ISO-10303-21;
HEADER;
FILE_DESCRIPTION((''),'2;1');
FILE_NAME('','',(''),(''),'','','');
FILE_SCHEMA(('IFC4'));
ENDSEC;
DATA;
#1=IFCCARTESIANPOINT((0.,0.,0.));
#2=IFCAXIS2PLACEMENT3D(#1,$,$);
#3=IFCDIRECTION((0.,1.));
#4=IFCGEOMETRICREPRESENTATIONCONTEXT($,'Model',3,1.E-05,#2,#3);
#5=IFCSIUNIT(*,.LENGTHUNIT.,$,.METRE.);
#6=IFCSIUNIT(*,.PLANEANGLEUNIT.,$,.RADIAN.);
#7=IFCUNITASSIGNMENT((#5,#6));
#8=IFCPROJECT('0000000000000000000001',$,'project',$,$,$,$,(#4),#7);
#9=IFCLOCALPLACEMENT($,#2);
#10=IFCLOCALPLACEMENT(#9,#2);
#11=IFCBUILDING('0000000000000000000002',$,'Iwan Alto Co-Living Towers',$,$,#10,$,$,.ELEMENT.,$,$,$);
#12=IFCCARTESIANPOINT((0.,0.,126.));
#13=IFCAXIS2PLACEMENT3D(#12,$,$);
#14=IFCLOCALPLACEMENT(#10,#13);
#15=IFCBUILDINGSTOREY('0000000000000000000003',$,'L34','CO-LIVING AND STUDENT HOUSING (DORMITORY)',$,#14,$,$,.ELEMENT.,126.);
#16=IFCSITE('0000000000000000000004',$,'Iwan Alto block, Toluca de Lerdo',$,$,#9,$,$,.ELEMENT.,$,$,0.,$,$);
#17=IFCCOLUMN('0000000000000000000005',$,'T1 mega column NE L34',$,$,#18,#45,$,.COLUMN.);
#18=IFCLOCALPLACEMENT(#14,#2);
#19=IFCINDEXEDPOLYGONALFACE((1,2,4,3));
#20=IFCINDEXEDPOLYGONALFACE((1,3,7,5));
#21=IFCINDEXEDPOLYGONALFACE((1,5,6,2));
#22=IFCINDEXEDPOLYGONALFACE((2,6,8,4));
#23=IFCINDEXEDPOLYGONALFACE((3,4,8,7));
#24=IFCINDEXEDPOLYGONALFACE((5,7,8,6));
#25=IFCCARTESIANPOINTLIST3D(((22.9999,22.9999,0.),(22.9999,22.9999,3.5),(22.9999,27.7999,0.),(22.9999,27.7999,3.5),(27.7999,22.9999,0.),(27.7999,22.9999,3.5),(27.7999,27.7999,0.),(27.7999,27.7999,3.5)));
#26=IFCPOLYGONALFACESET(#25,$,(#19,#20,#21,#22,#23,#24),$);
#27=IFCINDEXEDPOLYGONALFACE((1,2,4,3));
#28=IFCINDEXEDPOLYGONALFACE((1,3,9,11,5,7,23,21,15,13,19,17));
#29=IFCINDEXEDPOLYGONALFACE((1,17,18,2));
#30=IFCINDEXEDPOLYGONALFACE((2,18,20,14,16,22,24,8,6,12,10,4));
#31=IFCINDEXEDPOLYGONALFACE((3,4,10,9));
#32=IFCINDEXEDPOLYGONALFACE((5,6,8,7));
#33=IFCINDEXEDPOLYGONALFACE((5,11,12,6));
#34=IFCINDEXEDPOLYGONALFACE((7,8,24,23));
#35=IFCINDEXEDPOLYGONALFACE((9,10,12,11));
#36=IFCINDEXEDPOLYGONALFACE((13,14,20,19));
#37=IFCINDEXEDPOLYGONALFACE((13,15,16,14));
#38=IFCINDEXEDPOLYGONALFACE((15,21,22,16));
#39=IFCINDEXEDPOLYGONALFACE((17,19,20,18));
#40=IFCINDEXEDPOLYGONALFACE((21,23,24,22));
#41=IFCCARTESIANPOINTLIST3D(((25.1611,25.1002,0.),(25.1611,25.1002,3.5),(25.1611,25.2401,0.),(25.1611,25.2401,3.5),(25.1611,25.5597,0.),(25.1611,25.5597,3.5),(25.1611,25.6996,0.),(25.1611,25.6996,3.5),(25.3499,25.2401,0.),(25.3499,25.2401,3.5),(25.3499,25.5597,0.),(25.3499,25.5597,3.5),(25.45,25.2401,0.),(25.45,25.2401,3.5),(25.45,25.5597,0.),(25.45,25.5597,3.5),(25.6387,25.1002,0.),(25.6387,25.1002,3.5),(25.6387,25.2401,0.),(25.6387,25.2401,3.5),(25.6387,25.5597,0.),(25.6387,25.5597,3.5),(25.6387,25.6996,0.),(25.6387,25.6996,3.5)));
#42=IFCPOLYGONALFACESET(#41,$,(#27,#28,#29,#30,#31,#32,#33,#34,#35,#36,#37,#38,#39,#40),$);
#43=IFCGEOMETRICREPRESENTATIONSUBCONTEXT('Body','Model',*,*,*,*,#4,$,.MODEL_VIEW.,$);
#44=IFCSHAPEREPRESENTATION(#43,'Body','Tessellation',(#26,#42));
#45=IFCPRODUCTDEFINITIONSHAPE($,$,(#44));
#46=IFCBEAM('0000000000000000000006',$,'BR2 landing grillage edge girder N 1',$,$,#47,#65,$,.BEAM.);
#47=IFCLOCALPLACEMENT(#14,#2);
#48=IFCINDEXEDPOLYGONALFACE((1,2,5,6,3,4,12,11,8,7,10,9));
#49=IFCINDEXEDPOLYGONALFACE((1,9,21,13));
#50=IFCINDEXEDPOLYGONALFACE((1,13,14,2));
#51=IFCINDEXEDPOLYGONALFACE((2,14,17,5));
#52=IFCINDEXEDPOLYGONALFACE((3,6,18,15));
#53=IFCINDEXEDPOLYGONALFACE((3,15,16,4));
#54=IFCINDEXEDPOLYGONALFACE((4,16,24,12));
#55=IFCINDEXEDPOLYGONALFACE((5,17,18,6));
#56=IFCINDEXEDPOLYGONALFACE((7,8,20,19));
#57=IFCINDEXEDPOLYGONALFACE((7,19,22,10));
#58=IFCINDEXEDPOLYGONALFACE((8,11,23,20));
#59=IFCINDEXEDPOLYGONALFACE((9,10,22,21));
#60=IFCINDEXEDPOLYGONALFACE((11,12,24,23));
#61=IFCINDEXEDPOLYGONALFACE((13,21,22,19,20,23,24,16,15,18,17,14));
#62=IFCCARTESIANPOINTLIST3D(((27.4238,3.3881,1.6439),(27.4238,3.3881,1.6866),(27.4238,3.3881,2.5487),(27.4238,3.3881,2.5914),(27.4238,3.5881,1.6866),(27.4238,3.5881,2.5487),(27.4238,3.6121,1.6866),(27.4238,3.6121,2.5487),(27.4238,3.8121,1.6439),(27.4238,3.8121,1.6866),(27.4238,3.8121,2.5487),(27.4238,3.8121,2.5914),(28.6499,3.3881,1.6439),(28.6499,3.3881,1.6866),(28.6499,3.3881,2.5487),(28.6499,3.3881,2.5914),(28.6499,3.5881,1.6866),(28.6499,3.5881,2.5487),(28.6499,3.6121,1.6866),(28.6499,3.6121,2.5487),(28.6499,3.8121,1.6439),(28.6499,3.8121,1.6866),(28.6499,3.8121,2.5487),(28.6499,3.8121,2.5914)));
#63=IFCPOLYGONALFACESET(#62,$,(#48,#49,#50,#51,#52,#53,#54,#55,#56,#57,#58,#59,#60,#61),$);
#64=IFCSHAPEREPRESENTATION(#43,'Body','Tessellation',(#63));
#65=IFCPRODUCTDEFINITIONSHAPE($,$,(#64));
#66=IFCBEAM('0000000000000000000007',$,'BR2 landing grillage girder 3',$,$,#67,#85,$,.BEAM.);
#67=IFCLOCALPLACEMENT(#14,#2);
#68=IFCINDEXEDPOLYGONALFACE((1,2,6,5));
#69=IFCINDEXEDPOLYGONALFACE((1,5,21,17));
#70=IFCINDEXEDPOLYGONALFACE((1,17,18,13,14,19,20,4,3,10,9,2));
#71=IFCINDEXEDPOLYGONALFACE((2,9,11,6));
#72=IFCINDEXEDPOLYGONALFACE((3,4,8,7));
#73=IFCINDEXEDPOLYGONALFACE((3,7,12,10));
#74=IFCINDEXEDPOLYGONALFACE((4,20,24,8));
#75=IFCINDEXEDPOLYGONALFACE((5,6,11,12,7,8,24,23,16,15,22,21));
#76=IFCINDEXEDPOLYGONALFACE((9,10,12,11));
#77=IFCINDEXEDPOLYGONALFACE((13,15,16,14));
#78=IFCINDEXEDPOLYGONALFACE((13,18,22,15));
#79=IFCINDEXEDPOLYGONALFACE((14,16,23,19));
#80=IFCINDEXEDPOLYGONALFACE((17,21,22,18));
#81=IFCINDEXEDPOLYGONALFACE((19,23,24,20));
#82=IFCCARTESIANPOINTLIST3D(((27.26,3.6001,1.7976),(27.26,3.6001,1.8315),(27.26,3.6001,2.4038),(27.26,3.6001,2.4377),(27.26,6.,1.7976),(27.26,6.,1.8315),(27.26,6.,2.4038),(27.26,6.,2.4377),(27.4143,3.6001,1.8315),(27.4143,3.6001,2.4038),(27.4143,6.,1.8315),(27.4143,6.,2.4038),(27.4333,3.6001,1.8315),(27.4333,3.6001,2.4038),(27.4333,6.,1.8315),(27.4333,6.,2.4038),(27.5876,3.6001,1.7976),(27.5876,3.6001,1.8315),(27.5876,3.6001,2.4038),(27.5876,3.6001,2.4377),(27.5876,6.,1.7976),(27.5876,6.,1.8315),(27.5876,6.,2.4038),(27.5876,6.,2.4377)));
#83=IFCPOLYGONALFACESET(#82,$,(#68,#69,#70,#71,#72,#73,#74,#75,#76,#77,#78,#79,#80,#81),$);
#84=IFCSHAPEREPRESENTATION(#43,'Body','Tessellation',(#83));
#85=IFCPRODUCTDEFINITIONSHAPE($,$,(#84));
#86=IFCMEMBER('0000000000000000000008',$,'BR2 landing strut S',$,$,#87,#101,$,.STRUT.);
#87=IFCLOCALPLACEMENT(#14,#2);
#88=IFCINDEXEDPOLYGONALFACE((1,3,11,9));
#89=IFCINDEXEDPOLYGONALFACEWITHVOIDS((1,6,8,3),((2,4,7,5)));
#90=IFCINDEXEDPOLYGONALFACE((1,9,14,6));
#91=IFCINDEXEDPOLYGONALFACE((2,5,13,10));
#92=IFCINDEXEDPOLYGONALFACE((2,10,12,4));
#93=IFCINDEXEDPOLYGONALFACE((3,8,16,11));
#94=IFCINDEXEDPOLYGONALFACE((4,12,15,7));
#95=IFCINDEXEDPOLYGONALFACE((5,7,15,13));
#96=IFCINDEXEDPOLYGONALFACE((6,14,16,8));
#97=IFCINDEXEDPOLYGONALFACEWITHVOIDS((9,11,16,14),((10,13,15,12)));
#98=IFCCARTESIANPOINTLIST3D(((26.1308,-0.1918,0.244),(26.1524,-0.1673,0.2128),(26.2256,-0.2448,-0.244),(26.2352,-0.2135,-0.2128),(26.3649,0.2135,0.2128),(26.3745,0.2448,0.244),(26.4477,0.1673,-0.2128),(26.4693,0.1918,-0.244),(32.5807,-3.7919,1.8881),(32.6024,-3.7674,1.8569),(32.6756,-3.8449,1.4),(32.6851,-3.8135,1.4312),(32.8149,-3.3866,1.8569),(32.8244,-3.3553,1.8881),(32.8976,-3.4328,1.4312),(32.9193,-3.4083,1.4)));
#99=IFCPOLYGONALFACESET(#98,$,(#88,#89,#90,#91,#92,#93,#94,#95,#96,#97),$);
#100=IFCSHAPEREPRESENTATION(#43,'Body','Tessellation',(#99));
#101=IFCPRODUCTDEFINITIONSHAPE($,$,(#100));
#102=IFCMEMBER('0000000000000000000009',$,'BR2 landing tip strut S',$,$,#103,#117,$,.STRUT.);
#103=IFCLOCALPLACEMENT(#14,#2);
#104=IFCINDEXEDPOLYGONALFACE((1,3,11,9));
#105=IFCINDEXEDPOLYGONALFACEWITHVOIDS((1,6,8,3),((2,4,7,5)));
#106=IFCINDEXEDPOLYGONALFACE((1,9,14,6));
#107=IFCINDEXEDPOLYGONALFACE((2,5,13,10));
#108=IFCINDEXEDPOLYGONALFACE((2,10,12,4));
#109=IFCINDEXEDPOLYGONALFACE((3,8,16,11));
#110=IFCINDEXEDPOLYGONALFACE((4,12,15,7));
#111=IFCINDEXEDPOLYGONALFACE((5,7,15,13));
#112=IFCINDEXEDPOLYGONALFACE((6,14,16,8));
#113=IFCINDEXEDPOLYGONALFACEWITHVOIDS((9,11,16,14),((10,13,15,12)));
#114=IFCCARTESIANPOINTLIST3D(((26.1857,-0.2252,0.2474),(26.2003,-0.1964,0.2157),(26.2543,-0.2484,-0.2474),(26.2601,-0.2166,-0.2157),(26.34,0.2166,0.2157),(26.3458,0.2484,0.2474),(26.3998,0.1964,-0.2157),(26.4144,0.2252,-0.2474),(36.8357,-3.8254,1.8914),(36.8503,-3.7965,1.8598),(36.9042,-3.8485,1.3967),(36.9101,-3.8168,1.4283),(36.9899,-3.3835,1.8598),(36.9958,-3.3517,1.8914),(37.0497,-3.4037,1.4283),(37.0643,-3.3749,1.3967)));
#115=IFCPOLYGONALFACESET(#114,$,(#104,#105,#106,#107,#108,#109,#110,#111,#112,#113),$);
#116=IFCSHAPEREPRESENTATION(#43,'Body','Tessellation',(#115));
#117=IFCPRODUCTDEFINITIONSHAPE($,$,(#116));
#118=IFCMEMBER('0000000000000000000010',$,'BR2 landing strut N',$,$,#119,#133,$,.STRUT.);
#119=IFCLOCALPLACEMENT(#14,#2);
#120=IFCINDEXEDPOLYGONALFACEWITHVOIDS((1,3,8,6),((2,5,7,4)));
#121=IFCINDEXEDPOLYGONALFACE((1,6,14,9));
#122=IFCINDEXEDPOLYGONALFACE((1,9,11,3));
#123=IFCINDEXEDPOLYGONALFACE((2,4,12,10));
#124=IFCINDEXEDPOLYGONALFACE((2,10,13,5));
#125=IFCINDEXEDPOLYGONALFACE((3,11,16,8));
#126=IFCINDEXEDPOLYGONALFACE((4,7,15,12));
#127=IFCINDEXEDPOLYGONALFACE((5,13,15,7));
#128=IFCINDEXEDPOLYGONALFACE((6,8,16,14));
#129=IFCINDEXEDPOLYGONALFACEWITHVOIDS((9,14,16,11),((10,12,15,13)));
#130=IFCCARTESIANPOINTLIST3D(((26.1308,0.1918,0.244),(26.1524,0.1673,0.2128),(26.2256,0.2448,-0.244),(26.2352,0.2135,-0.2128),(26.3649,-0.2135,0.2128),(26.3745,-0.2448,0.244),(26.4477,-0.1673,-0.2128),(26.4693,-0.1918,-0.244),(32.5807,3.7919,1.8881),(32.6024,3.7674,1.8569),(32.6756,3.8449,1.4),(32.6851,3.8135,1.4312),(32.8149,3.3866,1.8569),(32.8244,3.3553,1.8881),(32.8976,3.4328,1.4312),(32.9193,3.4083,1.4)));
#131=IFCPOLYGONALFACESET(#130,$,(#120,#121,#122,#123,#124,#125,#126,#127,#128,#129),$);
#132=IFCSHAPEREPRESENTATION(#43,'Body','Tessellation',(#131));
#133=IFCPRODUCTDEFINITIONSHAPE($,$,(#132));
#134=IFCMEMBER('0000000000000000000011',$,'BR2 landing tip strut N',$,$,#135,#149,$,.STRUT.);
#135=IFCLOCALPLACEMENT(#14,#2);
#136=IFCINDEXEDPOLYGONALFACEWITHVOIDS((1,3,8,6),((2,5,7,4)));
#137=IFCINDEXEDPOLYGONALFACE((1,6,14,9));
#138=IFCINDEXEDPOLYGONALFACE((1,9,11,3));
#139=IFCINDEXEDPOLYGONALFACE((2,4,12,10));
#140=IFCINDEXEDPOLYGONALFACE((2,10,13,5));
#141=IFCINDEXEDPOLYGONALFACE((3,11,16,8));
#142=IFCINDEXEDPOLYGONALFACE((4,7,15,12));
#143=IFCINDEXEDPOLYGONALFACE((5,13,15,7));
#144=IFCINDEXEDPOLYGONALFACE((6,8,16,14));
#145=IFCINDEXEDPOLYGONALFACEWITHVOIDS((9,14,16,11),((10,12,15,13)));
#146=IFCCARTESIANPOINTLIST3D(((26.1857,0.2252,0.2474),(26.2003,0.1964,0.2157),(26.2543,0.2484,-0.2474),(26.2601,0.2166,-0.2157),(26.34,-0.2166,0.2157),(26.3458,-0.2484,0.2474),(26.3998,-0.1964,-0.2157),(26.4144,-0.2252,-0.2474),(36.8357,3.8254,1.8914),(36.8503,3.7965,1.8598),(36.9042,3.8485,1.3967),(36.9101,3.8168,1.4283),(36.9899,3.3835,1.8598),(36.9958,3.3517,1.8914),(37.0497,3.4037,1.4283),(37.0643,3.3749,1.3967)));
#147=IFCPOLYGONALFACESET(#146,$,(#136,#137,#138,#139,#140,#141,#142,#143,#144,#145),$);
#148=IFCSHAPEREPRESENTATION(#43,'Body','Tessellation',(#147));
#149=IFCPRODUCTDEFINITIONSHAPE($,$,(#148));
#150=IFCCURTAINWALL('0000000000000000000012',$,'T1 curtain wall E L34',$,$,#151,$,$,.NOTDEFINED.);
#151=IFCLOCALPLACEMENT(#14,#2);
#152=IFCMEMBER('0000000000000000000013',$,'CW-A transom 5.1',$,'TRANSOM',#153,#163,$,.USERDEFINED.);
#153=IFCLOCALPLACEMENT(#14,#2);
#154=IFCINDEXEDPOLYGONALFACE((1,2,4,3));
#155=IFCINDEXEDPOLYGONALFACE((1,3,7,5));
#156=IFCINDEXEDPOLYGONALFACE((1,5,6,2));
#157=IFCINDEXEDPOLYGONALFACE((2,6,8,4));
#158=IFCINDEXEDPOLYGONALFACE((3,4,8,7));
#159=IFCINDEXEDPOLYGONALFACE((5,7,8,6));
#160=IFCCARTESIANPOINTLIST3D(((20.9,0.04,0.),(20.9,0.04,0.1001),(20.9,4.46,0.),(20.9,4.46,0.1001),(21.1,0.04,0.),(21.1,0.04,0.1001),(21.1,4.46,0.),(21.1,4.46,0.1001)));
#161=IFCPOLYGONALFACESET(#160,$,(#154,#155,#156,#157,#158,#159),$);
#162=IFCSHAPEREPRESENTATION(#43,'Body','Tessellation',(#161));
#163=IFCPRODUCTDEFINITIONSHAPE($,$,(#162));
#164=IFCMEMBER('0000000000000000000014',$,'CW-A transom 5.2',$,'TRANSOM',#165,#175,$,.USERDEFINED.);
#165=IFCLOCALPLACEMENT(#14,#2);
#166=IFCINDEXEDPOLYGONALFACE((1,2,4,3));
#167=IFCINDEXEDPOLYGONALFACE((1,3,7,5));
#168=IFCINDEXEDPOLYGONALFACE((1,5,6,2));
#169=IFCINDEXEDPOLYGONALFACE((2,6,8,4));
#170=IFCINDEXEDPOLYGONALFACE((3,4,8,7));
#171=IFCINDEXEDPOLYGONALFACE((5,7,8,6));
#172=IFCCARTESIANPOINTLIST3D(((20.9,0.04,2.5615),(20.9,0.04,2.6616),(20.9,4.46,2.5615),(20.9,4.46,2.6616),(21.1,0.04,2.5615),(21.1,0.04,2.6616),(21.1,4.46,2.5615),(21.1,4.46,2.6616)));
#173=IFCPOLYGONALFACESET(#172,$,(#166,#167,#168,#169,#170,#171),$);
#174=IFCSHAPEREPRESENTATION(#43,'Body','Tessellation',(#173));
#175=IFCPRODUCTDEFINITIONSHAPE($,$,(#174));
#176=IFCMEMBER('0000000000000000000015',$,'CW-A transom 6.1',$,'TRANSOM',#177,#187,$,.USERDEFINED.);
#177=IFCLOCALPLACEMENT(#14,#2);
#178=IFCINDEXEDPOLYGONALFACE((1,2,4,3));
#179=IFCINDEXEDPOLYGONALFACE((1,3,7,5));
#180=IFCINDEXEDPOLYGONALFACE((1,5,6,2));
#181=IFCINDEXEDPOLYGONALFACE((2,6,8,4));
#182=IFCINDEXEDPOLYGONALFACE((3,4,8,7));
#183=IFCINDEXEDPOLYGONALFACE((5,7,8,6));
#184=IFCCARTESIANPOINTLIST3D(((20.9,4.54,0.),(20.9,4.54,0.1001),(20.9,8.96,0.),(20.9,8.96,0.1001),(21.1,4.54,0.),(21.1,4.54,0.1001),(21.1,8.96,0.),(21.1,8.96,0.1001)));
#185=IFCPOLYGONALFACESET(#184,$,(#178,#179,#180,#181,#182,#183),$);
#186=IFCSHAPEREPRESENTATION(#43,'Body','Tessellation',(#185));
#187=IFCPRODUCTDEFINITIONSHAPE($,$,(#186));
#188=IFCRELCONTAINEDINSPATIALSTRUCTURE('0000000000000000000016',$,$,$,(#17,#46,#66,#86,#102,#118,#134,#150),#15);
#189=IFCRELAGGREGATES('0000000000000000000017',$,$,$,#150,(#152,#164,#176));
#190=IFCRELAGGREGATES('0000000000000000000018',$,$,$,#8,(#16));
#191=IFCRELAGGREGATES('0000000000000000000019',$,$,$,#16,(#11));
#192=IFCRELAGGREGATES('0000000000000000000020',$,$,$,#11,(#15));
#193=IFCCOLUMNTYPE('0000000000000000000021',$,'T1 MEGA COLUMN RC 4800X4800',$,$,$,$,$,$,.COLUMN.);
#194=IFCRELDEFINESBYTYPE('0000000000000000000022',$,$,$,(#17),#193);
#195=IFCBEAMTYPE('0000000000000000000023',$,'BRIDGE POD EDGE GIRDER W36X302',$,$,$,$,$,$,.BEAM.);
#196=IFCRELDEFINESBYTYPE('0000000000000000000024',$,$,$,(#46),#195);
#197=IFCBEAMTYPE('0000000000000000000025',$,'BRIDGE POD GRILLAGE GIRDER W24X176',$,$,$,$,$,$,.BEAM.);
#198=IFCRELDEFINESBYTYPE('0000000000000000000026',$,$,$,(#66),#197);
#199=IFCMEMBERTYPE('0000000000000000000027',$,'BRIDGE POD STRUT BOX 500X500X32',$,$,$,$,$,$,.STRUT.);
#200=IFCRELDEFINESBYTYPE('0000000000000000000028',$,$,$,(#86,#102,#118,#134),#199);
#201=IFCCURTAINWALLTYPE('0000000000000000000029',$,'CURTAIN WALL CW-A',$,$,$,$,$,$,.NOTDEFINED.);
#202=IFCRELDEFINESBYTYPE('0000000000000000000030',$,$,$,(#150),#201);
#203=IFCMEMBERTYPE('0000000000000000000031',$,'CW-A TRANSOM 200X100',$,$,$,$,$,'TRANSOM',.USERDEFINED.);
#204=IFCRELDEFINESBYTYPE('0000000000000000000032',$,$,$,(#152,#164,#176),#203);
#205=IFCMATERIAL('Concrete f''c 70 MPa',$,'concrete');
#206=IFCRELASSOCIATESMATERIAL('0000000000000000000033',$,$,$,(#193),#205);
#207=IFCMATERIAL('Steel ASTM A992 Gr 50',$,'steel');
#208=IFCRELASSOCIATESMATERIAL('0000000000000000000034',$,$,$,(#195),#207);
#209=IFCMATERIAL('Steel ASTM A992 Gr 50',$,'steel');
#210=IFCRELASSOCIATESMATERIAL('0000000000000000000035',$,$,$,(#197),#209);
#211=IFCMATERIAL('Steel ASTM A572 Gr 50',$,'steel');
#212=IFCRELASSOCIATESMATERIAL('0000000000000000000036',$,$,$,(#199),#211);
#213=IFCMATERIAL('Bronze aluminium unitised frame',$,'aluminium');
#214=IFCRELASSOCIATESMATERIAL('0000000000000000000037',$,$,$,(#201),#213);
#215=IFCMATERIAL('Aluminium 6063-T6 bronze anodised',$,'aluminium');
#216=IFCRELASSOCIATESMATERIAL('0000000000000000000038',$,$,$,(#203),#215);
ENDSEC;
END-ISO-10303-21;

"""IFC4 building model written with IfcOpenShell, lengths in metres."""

from ifc_helpers import new_model, si_unit, direction, frame, origin, origin_2d, place, context, subcontext, project, spatial, rectangle, hollow_rectangle, i_section, extrude, material, material_profile, profile_set, type_object, element, aggregate, save


model = new_model("IFC4")

# Units and contexts
model_context = context("Model", 3, precision=1e-05, world=origin(), true_north=direction((0.0, 1.0)))
body_context = subcontext(model_context, "Body", "Model", "MODEL_VIEW")
ifc_project = project(units=[si_unit("LENGTHUNIT", "METRE"), si_unit("PLANEANGLEUNIT", "RADIAN")], contexts=[model_context])

# Site, building, storey
site_placement = place(None, origin())
site = spatial("IfcSite", under=ifc_project, at=site_placement, Name="Iwan Alto block, Toluca de Lerdo", CompositionType="ELEMENT", RefElevation=0.0)
building_placement = place(site_placement, origin())
building = spatial("IfcBuilding", under=site, at=building_placement, Name="Iwan Alto Co-Living Towers", CompositionType="ELEMENT")
storey_placement = place(building_placement, frame((0.0, 0.0, 126.0)))
storey = spatial("IfcBuildingStorey", under=building, at=storey_placement, Name="L34", Description="CO-LIVING AND STUDENT HOUSING (DORMITORY)", CompositionType="ELEMENT", Elevation=126.0)

# Column
ifc_material_1 = material(Name="Concrete f'c 70 MPa", Category="concrete")
ifc_material_profile_1 = material_profile(ifc_material_1, rectangle(XDim=4.8, YDim=4.8, at=origin_2d()), Name="RC 4800X4800")
ifc_profile_set_1 = profile_set([ifc_material_profile_1], Name="Concrete f'c 70 MPa")
column_type = type_object("IfcColumnType", Name="T1 MEGA COLUMN RC 4800X4800", PredefinedType="COLUMN", material=ifc_profile_set_1)
column_placement = place(storey_placement, frame((25.3999, 25.3999, 0.0), z_axis=(0.0, 0.0, 1.0), x_axis=(1.0, 0.0, 0.0)))
element("IfcColumn", 1, at=column_placement, inside=storey, type_object=column_type, Name="T1 mega column NE L34", PredefinedType="COLUMN", context=body_context, shape_type="SweptSolid", body=[
    extrude(rectangle(XDim=4.8, YDim=4.8, at=origin_2d()), origin(), (0.0, 0.0, 1.0), 3.5),
    extrude(i_section(OverallWidth=0.4775, OverallDepth=0.5994, WebThickness=0.1001, FlangeThickness=0.1399, at=origin_2d()), origin(), (0.0, 0.0, 1.0), 3.5),
])

# Beams
ifc_material_2 = material(Name="Steel ASTM A992 Gr 50", Category="steel")
ifc_material_profile_2 = material_profile(ifc_material_2, i_section(OverallWidth=0.4241, OverallDepth=0.9475, WebThickness=0.0239, FlangeThickness=0.0427, at=origin_2d()), Name="W36X302")
ifc_profile_set_2 = profile_set([ifc_material_profile_2], Name="Steel ASTM A992 Gr 50")
beam_type_1 = type_object("IfcBeamType", Name="BRIDGE POD EDGE GIRDER W36X302", PredefinedType="BEAM", material=ifc_profile_set_2)
beam_1_placement = place(storey_placement, frame((27.4238, 3.6001, 2.1177), z_axis=(1.0, 0.0, 0.0), x_axis=(0.0, 1.0, 0.0)))
element("IfcBeam", 2, at=beam_1_placement, inside=storey, type_object=beam_type_1, Name="BR2 landing grillage edge girder N 1", PredefinedType="BEAM", context=body_context, shape_type="SweptSolid", body=[
    extrude(i_section(OverallWidth=0.4241, OverallDepth=0.9475, WebThickness=0.0239, FlangeThickness=0.0427, at=origin_2d()), origin(), (0.0, 0.0, 1.0), 1.2261),
])
ifc_material_3 = material(Name="Steel ASTM A992 Gr 50", Category="steel")
ifc_material_profile_3 = material_profile(ifc_material_3, i_section(OverallWidth=0.3276, OverallDepth=0.6401, WebThickness=0.019, FlangeThickness=0.0339, at=origin_2d()), Name="W24X176")
ifc_profile_set_3 = profile_set([ifc_material_profile_3], Name="Steel ASTM A992 Gr 50")
beam_type_2 = type_object("IfcBeamType", Name="BRIDGE POD GRILLAGE GIRDER W24X176", PredefinedType="BEAM", material=ifc_profile_set_3)
beam_2_placement = place(storey_placement, frame((27.4238, 3.6001, 2.1177), z_axis=(0.0, 1.0, 0.0), x_axis=(-1.0, 0.0, 0.0)))
element("IfcBeam", 3, at=beam_2_placement, inside=storey, type_object=beam_type_2, Name="BR2 landing grillage girder 3", PredefinedType="BEAM", context=body_context, shape_type="SweptSolid", body=[
    extrude(i_section(OverallWidth=0.3276, OverallDepth=0.6401, WebThickness=0.019, FlangeThickness=0.0339, at=origin_2d()), origin(), (0.0, 0.0, 1.0), 2.3999),
])

# Members
ifc_material_4 = material(Name="Steel ASTM A572 Gr 50", Category="steel")
ifc_material_profile_4 = material_profile(ifc_material_4, hollow_rectangle(XDim=0.5, YDim=0.5, WallThickness=0.032, at=origin_2d()), Name="BOX 500X500X32")
ifc_profile_set_4 = profile_set([ifc_material_profile_4], Name="Steel ASTM A572 Gr 50")
member_type_1 = type_object("IfcMemberType", Name="BRIDGE POD STRUT BOX 500X500X32", PredefinedType="STRUT", material=ifc_profile_set_4)
member_1_placement = place(storey_placement, frame((26.3, 0.0, 0.0), z_axis=(0.852335, -0.475738, 0.217254), x_axis=(0.487379, 0.873191, 0.0)))
element("IfcMember", 4, at=member_1_placement, inside=storey, type_object=member_type_1, Name="BR2 landing strut S", PredefinedType="STRUT", context=body_context, shape_type="SweptSolid", body=[
    extrude(hollow_rectangle(XDim=0.5, YDim=0.5, WallThickness=0.032, at=origin_2d()), origin(), (0.0, 0.0, 1.0), 7.5674),
])
member_2_placement = place(storey_placement, frame((26.3, 0.0, 0.0), z_axis=(0.937366, -0.316868, 0.144703), x_axis=(0.320238, 0.947337, 0.0)))
element("IfcMember", 5, at=member_2_placement, inside=storey, type_object=member_type_1, Name="BR2 landing tip strut S", PredefinedType="STRUT", context=body_context, shape_type="SweptSolid", body=[
    extrude(hollow_rectangle(XDim=0.5, YDim=0.5, WallThickness=0.032, at=origin_2d()), origin(), (0.0, 0.0, 1.0), 11.3616),
])
member_3_placement = place(storey_placement, frame((26.3, 0.0, 0.0), z_axis=(0.852335, 0.475738, 0.217254), x_axis=(-0.487379, 0.873191, 0.0)))
element("IfcMember", 6, at=member_3_placement, inside=storey, type_object=member_type_1, Name="BR2 landing strut N", PredefinedType="STRUT", context=body_context, shape_type="SweptSolid", body=[
    extrude(hollow_rectangle(XDim=0.5, YDim=0.5, WallThickness=0.032, at=origin_2d()), origin(), (0.0, 0.0, 1.0), 7.5674),
])
member_4_placement = place(storey_placement, frame((26.3, 0.0, 0.0), z_axis=(0.937366, 0.316868, 0.144703), x_axis=(-0.320238, 0.947337, 0.0)))
element("IfcMember", 7, at=member_4_placement, inside=storey, type_object=member_type_1, Name="BR2 landing tip strut N", PredefinedType="STRUT", context=body_context, shape_type="SweptSolid", body=[
    extrude(hollow_rectangle(XDim=0.5, YDim=0.5, WallThickness=0.032, at=origin_2d()), origin(), (0.0, 0.0, 1.0), 11.3616),
])

# Curtain wall, members
ifc_material_5 = material(Name="Bronze aluminium unitised frame", Category="aluminium")
curtain_wall_type = type_object("IfcCurtainWallType", Name="CURTAIN WALL CW-A", PredefinedType="NOTDEFINED", material=ifc_material_5)
curtain_wall_placement = place(storey_placement, origin())
curtain_wall = element("IfcCurtainWall", 8, at=curtain_wall_placement, inside=storey, type_object=curtain_wall_type, Name="T1 curtain wall E L34", PredefinedType="NOTDEFINED")
ifc_material_6 = material(Name="Aluminium 6063-T6 bronze anodised", Category="aluminium")
ifc_material_profile_5 = material_profile(ifc_material_6, rectangle(XDim=0.2, YDim=0.1001, at=origin_2d()), Name="AL 200X100")
ifc_profile_set_5 = profile_set([ifc_material_profile_5], Name="Aluminium 6063-T6 bronze anodised")
member_type_2 = type_object("IfcMemberType", Name="CW-A TRANSOM 200X100", ElementType="TRANSOM", PredefinedType="USERDEFINED", material=ifc_profile_set_5)
member_5_placement = place(storey_placement, frame((21.0, 0.04, 0.05), z_axis=(0.0, 1.0, 0.0), x_axis=(-1.0, 0.0, 0.0)))
member_5 = element("IfcMember", 9, at=member_5_placement, type_object=member_type_2, Name="CW-A transom 5.1", ObjectType="TRANSOM", PredefinedType="USERDEFINED", context=body_context, shape_type="SweptSolid", body=[
    extrude(rectangle(XDim=0.2, YDim=0.1001, at=origin_2d()), origin(), (0.0, 0.0, 1.0), 4.4199),
])
member_6_placement = place(storey_placement, frame((21.0, 0.04, 2.6116), z_axis=(0.0, 1.0, 0.0), x_axis=(-1.0, 0.0, 0.0)))
member_6 = element("IfcMember", 10, at=member_6_placement, type_object=member_type_2, Name="CW-A transom 5.2", ObjectType="TRANSOM", PredefinedType="USERDEFINED", context=body_context, shape_type="SweptSolid", body=[
    extrude(rectangle(XDim=0.2, YDim=0.1001, at=origin_2d()), origin(), (0.0, 0.0, 1.0), 4.4199),
])
member_7_placement = place(storey_placement, frame((21.0, 4.54, 0.05), z_axis=(0.0, 1.0, 0.0), x_axis=(-1.0, 0.0, 0.0)))
member_7 = element("IfcMember", 11, at=member_7_placement, type_object=member_type_2, Name="CW-A transom 6.1", ObjectType="TRANSOM", PredefinedType="USERDEFINED", context=body_context, shape_type="SweptSolid", body=[
    extrude(rectangle(XDim=0.2, YDim=0.1001, at=origin_2d()), origin(), (0.0, 0.0, 1.0), 4.4199),
])

aggregate(curtain_wall, [member_5, member_6, member_7])

save(model, "model.ifc")
